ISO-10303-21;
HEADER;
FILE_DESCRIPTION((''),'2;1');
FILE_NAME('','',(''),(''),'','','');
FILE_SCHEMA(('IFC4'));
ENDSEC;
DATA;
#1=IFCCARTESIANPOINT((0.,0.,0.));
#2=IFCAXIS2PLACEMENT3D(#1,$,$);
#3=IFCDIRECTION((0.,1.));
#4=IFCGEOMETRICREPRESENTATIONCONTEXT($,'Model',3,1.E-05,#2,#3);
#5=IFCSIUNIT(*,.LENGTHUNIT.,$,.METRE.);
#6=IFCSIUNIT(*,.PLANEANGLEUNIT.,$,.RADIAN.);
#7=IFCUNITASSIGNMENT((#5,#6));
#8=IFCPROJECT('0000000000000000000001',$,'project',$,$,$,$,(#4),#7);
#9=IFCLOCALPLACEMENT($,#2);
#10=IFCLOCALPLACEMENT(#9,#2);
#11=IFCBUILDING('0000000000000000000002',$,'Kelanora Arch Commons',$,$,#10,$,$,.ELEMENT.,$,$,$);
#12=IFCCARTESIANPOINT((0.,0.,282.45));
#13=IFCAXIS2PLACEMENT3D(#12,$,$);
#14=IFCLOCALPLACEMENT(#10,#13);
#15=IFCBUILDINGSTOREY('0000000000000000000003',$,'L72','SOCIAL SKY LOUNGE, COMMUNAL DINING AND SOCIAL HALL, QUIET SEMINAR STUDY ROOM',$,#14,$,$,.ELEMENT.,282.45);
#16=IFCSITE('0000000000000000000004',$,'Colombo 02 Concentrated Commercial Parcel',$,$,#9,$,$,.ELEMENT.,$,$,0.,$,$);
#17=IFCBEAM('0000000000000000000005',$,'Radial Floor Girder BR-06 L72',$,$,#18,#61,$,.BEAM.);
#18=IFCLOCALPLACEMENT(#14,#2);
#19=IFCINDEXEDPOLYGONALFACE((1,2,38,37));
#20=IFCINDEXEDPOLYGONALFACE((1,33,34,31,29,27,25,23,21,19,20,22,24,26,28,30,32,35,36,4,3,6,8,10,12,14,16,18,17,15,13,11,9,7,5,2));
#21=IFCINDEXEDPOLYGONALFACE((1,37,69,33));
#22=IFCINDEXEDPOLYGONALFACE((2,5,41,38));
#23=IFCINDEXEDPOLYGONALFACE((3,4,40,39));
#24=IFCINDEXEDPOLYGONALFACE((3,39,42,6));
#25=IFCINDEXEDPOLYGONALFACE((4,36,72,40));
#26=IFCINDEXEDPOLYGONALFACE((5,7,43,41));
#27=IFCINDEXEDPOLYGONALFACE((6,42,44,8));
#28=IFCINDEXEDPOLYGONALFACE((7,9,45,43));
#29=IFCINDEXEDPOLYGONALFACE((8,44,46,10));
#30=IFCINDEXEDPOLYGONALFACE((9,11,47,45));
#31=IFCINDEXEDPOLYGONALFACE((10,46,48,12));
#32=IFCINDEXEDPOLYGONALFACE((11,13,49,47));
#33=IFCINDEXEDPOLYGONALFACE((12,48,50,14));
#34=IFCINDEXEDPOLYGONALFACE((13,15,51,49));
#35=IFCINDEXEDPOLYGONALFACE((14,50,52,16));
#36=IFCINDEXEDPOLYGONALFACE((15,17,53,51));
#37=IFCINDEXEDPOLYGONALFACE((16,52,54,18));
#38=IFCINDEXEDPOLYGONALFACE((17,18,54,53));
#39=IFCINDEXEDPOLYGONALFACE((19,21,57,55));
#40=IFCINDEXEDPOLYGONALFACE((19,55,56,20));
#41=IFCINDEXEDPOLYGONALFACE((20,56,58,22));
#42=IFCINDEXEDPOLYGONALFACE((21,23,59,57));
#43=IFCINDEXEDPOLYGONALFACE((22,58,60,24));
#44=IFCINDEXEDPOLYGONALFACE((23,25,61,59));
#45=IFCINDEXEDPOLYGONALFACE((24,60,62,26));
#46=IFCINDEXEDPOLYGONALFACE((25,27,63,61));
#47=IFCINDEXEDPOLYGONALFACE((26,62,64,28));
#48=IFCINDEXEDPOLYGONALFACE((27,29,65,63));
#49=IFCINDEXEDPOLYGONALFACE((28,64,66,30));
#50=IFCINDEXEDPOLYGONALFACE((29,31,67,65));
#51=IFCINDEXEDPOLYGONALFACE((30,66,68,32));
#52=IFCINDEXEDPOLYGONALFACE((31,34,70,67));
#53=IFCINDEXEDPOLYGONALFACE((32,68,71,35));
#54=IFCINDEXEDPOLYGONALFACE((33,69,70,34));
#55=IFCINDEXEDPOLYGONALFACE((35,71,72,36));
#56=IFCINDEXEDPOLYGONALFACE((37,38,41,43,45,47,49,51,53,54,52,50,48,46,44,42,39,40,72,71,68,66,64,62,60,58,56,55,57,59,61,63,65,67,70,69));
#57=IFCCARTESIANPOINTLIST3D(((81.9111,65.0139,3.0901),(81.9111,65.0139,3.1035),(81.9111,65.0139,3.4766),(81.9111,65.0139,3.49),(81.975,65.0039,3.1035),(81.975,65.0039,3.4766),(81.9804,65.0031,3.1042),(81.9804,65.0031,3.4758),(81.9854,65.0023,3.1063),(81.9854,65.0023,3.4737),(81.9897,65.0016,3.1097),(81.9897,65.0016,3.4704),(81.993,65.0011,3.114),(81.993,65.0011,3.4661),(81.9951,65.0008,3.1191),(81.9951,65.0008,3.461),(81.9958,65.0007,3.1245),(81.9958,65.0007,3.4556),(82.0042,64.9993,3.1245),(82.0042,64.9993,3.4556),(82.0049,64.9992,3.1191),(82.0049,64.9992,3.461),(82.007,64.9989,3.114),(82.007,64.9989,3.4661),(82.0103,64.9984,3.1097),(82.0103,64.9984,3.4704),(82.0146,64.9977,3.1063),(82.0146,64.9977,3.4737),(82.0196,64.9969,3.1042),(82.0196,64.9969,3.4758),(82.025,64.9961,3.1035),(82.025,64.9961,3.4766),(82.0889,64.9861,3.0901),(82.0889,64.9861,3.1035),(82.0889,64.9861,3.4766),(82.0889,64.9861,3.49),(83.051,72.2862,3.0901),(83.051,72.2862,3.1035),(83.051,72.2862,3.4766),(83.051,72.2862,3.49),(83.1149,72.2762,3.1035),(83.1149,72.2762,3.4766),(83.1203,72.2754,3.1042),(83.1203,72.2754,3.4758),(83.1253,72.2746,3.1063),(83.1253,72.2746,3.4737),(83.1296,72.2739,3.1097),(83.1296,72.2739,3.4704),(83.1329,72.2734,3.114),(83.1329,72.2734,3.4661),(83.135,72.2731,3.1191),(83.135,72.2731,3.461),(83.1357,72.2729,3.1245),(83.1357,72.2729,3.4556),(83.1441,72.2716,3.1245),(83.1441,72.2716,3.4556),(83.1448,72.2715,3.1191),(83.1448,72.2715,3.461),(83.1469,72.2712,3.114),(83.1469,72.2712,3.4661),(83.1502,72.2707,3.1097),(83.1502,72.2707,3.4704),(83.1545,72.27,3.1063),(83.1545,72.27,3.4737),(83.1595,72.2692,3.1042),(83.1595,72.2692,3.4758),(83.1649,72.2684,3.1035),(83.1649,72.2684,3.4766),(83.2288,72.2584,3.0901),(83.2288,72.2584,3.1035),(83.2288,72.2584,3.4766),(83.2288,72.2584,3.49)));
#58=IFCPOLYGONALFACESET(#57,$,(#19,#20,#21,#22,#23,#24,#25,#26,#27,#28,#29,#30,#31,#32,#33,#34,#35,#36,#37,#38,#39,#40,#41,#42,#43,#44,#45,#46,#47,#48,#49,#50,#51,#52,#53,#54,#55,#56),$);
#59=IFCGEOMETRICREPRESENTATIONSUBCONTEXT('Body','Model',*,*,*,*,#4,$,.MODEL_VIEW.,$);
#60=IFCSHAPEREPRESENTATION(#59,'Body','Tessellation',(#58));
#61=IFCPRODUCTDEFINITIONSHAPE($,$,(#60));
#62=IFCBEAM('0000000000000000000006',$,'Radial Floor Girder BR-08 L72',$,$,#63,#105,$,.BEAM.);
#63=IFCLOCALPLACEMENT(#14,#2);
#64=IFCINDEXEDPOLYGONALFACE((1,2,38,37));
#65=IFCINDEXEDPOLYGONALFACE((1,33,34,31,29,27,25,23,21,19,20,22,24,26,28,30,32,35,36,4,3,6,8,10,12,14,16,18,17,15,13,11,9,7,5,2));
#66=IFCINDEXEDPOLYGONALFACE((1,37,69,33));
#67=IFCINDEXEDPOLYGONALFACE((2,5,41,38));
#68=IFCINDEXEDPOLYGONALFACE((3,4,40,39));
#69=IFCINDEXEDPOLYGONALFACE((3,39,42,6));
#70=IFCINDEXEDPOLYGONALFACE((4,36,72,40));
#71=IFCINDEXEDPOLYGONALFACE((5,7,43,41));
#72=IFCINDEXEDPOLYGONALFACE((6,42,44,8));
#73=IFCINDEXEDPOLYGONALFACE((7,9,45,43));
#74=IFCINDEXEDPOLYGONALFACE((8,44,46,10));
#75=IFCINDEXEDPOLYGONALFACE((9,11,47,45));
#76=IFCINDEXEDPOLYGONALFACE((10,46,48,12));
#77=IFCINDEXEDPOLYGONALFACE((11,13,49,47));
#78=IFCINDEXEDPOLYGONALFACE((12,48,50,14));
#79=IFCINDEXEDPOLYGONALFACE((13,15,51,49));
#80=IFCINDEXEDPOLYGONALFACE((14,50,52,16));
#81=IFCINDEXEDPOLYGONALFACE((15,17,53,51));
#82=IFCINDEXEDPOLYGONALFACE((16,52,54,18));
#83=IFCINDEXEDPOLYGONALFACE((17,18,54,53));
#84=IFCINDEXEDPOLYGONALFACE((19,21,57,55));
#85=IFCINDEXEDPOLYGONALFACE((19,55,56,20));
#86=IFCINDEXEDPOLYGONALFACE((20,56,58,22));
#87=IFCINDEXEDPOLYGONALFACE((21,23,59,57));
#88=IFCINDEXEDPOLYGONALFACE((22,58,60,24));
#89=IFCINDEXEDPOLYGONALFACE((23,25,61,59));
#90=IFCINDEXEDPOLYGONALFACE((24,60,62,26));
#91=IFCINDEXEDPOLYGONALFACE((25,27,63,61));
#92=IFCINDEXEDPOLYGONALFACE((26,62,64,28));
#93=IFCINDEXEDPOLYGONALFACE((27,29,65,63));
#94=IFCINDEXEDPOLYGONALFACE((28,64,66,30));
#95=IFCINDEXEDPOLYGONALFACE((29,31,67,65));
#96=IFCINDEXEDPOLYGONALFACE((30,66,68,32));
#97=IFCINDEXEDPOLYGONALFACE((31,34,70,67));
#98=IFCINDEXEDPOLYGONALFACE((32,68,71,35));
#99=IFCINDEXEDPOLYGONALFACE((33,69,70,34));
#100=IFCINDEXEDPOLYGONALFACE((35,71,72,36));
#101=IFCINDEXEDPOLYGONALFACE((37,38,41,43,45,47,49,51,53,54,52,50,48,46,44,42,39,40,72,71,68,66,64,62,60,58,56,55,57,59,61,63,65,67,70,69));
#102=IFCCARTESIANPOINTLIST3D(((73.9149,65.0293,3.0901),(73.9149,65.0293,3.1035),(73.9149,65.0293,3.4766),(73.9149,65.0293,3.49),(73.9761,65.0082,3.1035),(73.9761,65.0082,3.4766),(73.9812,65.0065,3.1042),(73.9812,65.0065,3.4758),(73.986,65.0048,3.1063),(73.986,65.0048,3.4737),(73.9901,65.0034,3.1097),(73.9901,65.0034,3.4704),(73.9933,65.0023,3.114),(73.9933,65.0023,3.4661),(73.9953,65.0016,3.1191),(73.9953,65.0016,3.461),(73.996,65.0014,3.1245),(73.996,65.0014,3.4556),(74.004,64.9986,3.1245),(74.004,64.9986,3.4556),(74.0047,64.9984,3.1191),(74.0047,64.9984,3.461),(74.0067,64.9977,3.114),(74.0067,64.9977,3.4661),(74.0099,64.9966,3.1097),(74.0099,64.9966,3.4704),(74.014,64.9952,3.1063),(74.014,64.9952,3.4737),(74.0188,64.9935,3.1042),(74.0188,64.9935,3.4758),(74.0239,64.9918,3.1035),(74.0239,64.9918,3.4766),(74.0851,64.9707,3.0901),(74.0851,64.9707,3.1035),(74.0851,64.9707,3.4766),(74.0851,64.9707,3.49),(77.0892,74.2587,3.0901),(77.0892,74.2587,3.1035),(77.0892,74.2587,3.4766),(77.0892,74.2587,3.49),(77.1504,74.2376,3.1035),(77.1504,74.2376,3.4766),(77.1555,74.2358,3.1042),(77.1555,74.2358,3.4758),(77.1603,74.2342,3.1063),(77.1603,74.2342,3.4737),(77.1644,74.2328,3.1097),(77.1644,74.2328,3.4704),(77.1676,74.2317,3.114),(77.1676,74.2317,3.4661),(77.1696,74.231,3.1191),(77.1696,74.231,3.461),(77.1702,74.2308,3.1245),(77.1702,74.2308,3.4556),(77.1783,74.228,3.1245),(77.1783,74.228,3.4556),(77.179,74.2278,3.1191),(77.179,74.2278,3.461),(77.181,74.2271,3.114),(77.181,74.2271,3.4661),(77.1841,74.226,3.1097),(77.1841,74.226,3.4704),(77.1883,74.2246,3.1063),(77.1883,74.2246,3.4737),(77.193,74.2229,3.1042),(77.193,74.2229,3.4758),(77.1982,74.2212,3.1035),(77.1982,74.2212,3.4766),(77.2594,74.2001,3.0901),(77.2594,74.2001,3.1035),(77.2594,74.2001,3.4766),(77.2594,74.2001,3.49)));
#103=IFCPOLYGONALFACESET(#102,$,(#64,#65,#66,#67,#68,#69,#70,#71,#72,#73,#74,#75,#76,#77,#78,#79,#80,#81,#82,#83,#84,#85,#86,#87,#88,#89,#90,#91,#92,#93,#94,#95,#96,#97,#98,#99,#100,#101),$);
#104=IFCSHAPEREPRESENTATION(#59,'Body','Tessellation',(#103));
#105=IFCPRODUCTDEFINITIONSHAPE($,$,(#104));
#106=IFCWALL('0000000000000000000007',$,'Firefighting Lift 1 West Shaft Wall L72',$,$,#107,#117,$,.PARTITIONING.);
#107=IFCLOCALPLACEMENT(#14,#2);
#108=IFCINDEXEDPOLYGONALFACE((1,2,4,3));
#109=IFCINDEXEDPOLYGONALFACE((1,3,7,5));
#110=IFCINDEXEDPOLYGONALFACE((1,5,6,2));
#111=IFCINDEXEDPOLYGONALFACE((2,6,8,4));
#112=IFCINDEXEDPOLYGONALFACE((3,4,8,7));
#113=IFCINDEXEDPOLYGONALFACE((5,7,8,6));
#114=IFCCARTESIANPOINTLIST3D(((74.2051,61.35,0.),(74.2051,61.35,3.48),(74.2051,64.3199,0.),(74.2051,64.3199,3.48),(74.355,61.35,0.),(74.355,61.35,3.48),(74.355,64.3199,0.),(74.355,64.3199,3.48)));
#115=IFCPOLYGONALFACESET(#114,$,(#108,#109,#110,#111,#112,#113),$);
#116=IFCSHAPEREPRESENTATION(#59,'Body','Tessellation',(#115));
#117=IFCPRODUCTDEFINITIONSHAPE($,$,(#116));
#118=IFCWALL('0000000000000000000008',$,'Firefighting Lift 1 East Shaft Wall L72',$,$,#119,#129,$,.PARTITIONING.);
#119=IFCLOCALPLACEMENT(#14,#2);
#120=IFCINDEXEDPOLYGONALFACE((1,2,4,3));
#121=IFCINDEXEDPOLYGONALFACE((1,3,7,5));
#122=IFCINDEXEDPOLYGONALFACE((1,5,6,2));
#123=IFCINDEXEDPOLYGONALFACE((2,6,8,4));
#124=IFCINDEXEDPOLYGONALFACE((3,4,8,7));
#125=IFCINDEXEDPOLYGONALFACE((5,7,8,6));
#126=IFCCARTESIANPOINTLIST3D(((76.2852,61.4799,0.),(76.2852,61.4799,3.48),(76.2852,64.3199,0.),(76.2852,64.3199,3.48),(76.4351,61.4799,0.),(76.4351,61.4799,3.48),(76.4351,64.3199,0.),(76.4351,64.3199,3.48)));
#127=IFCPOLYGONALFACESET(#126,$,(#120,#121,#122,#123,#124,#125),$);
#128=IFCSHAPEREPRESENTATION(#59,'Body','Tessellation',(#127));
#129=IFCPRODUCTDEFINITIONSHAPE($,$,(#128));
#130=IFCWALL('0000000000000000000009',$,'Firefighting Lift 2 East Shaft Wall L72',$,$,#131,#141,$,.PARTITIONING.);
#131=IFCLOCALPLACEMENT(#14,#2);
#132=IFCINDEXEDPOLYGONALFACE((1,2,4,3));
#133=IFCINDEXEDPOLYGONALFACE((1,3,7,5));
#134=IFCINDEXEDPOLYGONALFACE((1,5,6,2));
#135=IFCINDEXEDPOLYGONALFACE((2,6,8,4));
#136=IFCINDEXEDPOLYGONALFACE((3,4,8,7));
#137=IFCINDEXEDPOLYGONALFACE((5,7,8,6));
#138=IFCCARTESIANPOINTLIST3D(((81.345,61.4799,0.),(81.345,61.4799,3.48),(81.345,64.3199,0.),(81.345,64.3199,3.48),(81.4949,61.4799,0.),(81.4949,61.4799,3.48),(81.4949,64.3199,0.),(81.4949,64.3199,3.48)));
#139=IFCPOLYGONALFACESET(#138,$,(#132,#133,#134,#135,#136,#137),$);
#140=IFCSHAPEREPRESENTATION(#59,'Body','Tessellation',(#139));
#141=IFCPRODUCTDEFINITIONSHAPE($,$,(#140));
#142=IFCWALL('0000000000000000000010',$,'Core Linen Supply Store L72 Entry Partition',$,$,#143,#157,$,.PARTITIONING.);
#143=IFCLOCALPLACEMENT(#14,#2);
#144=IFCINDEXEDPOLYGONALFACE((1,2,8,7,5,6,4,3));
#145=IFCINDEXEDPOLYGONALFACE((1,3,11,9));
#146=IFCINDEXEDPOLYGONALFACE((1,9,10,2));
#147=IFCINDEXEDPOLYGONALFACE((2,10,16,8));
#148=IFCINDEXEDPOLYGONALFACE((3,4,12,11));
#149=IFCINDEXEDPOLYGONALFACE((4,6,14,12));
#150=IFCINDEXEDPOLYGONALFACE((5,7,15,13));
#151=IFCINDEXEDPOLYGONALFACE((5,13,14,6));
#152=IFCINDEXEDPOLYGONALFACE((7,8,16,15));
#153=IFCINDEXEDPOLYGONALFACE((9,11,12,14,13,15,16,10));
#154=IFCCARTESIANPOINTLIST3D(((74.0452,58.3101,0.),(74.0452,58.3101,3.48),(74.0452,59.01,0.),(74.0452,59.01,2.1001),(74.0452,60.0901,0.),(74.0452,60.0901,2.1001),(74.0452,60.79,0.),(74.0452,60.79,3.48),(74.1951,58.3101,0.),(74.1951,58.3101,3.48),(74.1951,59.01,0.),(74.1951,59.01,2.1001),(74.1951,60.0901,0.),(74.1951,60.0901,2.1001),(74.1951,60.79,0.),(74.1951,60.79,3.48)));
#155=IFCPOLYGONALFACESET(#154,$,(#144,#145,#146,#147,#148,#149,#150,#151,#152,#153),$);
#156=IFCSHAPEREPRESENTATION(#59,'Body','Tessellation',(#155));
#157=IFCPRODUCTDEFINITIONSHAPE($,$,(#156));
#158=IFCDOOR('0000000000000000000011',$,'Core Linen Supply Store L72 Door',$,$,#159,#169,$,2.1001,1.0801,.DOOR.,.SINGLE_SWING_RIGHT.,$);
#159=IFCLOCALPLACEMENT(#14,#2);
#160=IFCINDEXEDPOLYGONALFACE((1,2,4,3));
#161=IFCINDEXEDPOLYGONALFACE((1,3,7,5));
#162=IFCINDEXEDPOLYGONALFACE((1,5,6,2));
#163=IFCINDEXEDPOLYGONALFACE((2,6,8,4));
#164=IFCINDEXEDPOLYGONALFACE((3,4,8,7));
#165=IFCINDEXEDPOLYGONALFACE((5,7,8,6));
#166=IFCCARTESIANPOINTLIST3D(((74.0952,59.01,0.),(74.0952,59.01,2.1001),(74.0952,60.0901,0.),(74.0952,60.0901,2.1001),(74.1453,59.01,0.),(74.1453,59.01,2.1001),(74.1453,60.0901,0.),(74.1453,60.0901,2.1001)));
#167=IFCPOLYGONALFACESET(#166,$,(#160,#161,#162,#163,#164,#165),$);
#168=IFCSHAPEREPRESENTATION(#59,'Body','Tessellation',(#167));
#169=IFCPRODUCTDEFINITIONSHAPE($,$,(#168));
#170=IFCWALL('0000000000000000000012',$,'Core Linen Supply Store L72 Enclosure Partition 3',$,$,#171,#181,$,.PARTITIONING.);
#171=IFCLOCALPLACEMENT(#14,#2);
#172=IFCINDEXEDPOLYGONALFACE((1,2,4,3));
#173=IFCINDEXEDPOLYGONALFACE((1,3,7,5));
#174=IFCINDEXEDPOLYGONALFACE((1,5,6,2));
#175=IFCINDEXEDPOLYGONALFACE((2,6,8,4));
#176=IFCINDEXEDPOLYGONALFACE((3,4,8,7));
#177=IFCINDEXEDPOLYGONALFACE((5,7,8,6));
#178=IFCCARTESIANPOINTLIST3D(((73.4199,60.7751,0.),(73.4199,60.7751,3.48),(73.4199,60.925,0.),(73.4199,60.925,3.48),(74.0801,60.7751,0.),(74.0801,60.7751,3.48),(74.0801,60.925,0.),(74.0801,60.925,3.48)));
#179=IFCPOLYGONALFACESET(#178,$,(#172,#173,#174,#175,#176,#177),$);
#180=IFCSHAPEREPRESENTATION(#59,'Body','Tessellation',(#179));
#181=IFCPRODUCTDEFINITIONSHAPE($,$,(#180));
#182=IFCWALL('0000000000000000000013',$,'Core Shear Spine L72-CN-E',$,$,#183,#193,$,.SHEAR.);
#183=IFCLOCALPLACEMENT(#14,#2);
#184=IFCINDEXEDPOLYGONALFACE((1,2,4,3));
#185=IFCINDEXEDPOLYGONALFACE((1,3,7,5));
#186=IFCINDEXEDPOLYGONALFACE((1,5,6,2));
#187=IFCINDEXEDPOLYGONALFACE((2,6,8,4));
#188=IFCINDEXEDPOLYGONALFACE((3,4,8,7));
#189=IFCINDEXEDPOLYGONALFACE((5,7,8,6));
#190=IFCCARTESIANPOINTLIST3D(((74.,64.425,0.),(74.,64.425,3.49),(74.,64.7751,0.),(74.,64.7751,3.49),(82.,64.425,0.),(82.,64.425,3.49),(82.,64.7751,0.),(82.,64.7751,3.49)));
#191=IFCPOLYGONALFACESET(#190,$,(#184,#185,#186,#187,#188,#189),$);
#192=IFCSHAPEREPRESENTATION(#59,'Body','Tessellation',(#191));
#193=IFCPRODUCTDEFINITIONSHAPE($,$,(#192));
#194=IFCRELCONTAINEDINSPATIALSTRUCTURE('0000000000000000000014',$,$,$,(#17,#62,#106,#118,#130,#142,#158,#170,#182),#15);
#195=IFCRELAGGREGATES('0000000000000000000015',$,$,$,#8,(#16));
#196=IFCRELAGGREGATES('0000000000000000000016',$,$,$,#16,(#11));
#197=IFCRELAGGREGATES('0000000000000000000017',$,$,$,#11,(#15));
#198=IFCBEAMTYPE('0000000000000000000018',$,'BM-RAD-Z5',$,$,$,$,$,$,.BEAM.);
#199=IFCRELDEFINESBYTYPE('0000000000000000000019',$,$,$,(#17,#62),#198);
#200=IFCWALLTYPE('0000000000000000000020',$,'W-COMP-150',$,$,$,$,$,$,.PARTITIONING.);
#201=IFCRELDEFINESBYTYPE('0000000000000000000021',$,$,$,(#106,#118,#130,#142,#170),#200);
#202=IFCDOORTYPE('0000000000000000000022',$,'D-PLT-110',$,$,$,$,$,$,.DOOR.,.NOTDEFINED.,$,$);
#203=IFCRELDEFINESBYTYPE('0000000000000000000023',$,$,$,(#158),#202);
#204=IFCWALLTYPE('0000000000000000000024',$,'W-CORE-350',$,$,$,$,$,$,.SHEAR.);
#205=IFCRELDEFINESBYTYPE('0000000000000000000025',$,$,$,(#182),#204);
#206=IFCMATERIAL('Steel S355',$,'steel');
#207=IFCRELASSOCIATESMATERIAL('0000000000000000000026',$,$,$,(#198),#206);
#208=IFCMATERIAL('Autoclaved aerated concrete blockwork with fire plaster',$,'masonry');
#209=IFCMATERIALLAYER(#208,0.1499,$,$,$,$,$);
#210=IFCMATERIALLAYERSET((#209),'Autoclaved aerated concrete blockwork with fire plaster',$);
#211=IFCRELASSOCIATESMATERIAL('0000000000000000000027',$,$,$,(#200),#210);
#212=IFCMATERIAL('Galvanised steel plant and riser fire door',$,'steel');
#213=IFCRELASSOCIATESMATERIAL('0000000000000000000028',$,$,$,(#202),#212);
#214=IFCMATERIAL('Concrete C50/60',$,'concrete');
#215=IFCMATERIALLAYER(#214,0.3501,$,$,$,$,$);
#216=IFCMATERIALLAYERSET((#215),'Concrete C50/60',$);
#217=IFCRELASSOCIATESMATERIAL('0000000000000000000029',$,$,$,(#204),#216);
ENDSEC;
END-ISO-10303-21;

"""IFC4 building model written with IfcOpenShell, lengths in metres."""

from ifc_helpers import new_model, si_unit, direction, frame, frame_2d, origin, origin_2d, place, context, subcontext, project, spatial, rectangle, i_section, extrude, material, layer, layer_set, material_profile, profile_set, type_object, element, fill, save


model = new_model("IFC4")

# Units and contexts
model_context = context("Model", 3, precision=1e-05, world=origin(), true_north=direction((0.0, 1.0)))
body_context = subcontext(model_context, "Body", "Model", "MODEL_VIEW")
ifc_project = project(units=[si_unit("LENGTHUNIT", "METRE"), si_unit("PLANEANGLEUNIT", "RADIAN")], contexts=[model_context])

# Site, building, storey
site_placement = place(None, origin())
site = spatial("IfcSite", under=ifc_project, at=site_placement, Name="Colombo 02 Concentrated Commercial Parcel", CompositionType="ELEMENT", RefElevation=0.0)
building_placement = place(site_placement, origin())
building = spatial("IfcBuilding", under=site, at=building_placement, Name="Kelanora Arch Commons", CompositionType="ELEMENT")
storey_placement = place(building_placement, frame((0.0, 0.0, 282.45)))
storey = spatial("IfcBuildingStorey", under=building, at=storey_placement, Name="L72", Description="SOCIAL SKY LOUNGE, COMMUNAL DINING AND SOCIAL HALL, QUIET SEMINAR STUDY ROOM", CompositionType="ELEMENT", Elevation=282.45)

# Shared definitions
ifc_material_1 = material(Name="Concrete C50/60", Category="concrete")

# Beams
ifc_material_2 = material(Name="Steel S355", Category="steel")
ifc_material_profile_1 = material_profile(ifc_material_2, i_section(OverallWidth=0.1799, OverallDepth=0.3999, WebThickness=0.0085, FlangeThickness=0.0134, FilletRadius=0.021, at=origin_2d()), Name="IPE400")
ifc_profile_set_1 = profile_set([ifc_material_profile_1], Name="Steel S355")
beam_type_1 = type_object("IfcBeamType", Name="BM-RAD-Z5", PredefinedType="BEAM", material=ifc_profile_set_1)
beam_1_placement = place(storey_placement, frame((82.0, 65.0, 3.29), z_axis=(0.154855, 0.987937, 0.0), x_axis=(-0.987937, 0.154855, 0.0)))
element("IfcBeam", 1, at=beam_1_placement, inside=storey, type_object=beam_type_1, Name="Radial Floor Girder BR-06 L72", PredefinedType="BEAM", context=body_context, shape_type="SweptSolid", body=[
    extrude(i_section(OverallWidth=0.1799, OverallDepth=0.3999, WebThickness=0.0085, FlangeThickness=0.0134, FilletRadius=0.021, at=origin_2d()), origin(), (0.0, 0.0, 1.0), 7.3611),
])
beam_2_placement = place(storey_placement, frame((74.0, 65.0, 3.29), z_axis=(0.325234, 0.945634, 0.0), x_axis=(-0.945634, 0.325234, 0.0)))
element("IfcBeam", 2, at=beam_2_placement, inside=storey, type_object=beam_type_1, Name="Radial Floor Girder BR-08 L72", PredefinedType="BEAM", context=body_context, shape_type="SweptSolid", body=[
    extrude(i_section(OverallWidth=0.1799, OverallDepth=0.3999, WebThickness=0.0085, FlangeThickness=0.0134, FilletRadius=0.021, at=origin_2d()), origin(), (0.0, 0.0, 1.0), 9.76),
])

# Walls
ifc_material_3 = material(Name="Autoclaved aerated concrete blockwork with fire plaster", Category="masonry")
ifc_layer_1 = layer(ifc_material_3, 0.1499)
ifc_layer_set_1 = layer_set([ifc_layer_1], Name="Autoclaved aerated concrete blockwork with fire plaster")
wall_type_1 = type_object("IfcWallType", Name="W-COMP-150", PredefinedType="PARTITIONING", material=ifc_layer_set_1)
wall_1_placement = place(storey_placement, frame((74.28, 61.3501, 0.0), z_axis=(0.0, 0.0, 1.0), x_axis=(0.0, 1.0, 0.0)))
element("IfcWall", 3, at=wall_1_placement, inside=storey, type_object=wall_type_1, Name="Firefighting Lift 1 West Shaft Wall L72", PredefinedType="PARTITIONING", context=body_context, shape_type="SweptSolid", body=[
    extrude(rectangle(XDim=2.97, YDim=0.1499, at=frame_2d((1.4849, 0.0))), origin(), (0.0, 0.0, 1.0), 3.48),
])
for number, where, z_axis, x_axis, name in (
    (4, (76.3601, 61.48, 0.0), (0.0, 0.0, 1.0), (0.0, 1.0, 0.0), "Firefighting Lift 1 East Shaft Wall L72"),
    (5, (81.4199, 61.48, 0.0), (0.0, 0.0, 1.0), (0.0, 1.0, 0.0), "Firefighting Lift 2 East Shaft Wall L72"),
):
    element("IfcWall", number, at=place(storey_placement, frame(where, z_axis=z_axis, x_axis=x_axis)), inside=storey, type_object=wall_type_1, Name=name, PredefinedType="PARTITIONING", context=body_context, shape_type="SweptSolid", body=[
        extrude(rectangle(XDim=2.8401, YDim=0.1499, at=frame_2d((1.4199, 0.0))), origin(), (0.0, 0.0, 1.0), 3.48),
    ])

# Wall, opening, door
wall_2_placement = place(storey_placement, frame((74.1201, 58.3101, 0.0), z_axis=(0.0, 0.0, 1.0), x_axis=(0.0, 1.0, 0.0)))
wall_2 = element("IfcWall", 6, at=wall_2_placement, inside=storey, type_object=wall_type_1, Name="Core Linen Supply Store L72 Entry Partition", PredefinedType="PARTITIONING", context=body_context, shape_type="SweptSolid", body=[
    extrude(rectangle(XDim=2.48, YDim=0.1499, at=frame_2d((1.24, 0.0))), origin(), (0.0, 0.0, 1.0), 3.48),
])
opening_1_placement = place(wall_2_placement, frame((0.7, 0.0, 0.0)))
opening_1 = element("IfcOpeningElement", 7, at=opening_1_placement, cuts=wall_2, PredefinedType="OPENING", context=body_context, shape_type="SweptSolid", body=[
    extrude(rectangle(XDim=1.0801, YDim=2.1001, at=frame_2d((0.54, 1.05))), frame((0.0, 0.085, 0.0), z_axis=(0.0, -1.0, 0.0), x_axis=(1.0, 0.0, 0.0)), (0.0, 0.0, 1.0), 0.1699),
])
ifc_material_4 = material(Name="Galvanised steel plant and riser fire door", Category="steel")
door_type_1 = type_object("IfcDoorType", Name="D-PLT-110", OperationType="NOTDEFINED", PredefinedType="DOOR", material=ifc_material_4)
door_1_placement = place(opening_1_placement, origin())
door_1 = element("IfcDoor", 8, at=door_1_placement, inside=storey, type_object=door_type_1, Name="Core Linen Supply Store L72 Door", OperationType="SINGLE_SWING_RIGHT", OverallHeight=2.1001, OverallWidth=1.0801, PredefinedType="DOOR", context=body_context, shape_type="SweptSolid", body=[
    extrude(rectangle(XDim=1.0801, YDim=2.1001, at=frame_2d((0.54, 1.05))), frame((0.0, 0.0249, 0.0), z_axis=(0.0, -1.0, 0.0), x_axis=(1.0, 0.0, 0.0)), (0.0, 0.0, 1.0), 0.05),
])
fill(opening_1, door_1)

# Walls
wall_3_placement = place(storey_placement, frame((74.0801, 60.8501, 0.0), z_axis=(0.0, 0.0, 1.0), x_axis=(-1.0, 0.0, 0.0)))
element("IfcWall", 9, at=wall_3_placement, inside=storey, type_object=wall_type_1, Name="Core Linen Supply Store L72 Enclosure Partition 3", PredefinedType="PARTITIONING", context=body_context, shape_type="SweptSolid", body=[
    extrude(rectangle(XDim=0.6602, YDim=0.1499, at=frame_2d((0.3301, 0.0))), origin(), (0.0, 0.0, 1.0), 3.48),
])
ifc_layer_2 = layer(ifc_material_1, 0.3501)
ifc_layer_set_2 = layer_set([ifc_layer_2], Name="Concrete C50/60")
wall_type_2 = type_object("IfcWallType", Name="W-CORE-350", PredefinedType="SHEAR", material=ifc_layer_set_2)
wall_4_placement = place(storey_placement, frame((74.0, 64.6001, 0.0), z_axis=(0.0, 0.0, 1.0), x_axis=(1.0, 0.0, 0.0)))
element("IfcWall", 10, at=wall_4_placement, inside=storey, type_object=wall_type_2, Name="Core Shear Spine L72-CN-E", PredefinedType="SHEAR", context=body_context, shape_type="SweptSolid", body=[
    extrude(rectangle(XDim=8.0, YDim=0.3501, at=frame_2d((4.0, 0.0))), origin(), (0.0, 0.0, 1.0), 3.49),
])

save(model, "model.ifc")
